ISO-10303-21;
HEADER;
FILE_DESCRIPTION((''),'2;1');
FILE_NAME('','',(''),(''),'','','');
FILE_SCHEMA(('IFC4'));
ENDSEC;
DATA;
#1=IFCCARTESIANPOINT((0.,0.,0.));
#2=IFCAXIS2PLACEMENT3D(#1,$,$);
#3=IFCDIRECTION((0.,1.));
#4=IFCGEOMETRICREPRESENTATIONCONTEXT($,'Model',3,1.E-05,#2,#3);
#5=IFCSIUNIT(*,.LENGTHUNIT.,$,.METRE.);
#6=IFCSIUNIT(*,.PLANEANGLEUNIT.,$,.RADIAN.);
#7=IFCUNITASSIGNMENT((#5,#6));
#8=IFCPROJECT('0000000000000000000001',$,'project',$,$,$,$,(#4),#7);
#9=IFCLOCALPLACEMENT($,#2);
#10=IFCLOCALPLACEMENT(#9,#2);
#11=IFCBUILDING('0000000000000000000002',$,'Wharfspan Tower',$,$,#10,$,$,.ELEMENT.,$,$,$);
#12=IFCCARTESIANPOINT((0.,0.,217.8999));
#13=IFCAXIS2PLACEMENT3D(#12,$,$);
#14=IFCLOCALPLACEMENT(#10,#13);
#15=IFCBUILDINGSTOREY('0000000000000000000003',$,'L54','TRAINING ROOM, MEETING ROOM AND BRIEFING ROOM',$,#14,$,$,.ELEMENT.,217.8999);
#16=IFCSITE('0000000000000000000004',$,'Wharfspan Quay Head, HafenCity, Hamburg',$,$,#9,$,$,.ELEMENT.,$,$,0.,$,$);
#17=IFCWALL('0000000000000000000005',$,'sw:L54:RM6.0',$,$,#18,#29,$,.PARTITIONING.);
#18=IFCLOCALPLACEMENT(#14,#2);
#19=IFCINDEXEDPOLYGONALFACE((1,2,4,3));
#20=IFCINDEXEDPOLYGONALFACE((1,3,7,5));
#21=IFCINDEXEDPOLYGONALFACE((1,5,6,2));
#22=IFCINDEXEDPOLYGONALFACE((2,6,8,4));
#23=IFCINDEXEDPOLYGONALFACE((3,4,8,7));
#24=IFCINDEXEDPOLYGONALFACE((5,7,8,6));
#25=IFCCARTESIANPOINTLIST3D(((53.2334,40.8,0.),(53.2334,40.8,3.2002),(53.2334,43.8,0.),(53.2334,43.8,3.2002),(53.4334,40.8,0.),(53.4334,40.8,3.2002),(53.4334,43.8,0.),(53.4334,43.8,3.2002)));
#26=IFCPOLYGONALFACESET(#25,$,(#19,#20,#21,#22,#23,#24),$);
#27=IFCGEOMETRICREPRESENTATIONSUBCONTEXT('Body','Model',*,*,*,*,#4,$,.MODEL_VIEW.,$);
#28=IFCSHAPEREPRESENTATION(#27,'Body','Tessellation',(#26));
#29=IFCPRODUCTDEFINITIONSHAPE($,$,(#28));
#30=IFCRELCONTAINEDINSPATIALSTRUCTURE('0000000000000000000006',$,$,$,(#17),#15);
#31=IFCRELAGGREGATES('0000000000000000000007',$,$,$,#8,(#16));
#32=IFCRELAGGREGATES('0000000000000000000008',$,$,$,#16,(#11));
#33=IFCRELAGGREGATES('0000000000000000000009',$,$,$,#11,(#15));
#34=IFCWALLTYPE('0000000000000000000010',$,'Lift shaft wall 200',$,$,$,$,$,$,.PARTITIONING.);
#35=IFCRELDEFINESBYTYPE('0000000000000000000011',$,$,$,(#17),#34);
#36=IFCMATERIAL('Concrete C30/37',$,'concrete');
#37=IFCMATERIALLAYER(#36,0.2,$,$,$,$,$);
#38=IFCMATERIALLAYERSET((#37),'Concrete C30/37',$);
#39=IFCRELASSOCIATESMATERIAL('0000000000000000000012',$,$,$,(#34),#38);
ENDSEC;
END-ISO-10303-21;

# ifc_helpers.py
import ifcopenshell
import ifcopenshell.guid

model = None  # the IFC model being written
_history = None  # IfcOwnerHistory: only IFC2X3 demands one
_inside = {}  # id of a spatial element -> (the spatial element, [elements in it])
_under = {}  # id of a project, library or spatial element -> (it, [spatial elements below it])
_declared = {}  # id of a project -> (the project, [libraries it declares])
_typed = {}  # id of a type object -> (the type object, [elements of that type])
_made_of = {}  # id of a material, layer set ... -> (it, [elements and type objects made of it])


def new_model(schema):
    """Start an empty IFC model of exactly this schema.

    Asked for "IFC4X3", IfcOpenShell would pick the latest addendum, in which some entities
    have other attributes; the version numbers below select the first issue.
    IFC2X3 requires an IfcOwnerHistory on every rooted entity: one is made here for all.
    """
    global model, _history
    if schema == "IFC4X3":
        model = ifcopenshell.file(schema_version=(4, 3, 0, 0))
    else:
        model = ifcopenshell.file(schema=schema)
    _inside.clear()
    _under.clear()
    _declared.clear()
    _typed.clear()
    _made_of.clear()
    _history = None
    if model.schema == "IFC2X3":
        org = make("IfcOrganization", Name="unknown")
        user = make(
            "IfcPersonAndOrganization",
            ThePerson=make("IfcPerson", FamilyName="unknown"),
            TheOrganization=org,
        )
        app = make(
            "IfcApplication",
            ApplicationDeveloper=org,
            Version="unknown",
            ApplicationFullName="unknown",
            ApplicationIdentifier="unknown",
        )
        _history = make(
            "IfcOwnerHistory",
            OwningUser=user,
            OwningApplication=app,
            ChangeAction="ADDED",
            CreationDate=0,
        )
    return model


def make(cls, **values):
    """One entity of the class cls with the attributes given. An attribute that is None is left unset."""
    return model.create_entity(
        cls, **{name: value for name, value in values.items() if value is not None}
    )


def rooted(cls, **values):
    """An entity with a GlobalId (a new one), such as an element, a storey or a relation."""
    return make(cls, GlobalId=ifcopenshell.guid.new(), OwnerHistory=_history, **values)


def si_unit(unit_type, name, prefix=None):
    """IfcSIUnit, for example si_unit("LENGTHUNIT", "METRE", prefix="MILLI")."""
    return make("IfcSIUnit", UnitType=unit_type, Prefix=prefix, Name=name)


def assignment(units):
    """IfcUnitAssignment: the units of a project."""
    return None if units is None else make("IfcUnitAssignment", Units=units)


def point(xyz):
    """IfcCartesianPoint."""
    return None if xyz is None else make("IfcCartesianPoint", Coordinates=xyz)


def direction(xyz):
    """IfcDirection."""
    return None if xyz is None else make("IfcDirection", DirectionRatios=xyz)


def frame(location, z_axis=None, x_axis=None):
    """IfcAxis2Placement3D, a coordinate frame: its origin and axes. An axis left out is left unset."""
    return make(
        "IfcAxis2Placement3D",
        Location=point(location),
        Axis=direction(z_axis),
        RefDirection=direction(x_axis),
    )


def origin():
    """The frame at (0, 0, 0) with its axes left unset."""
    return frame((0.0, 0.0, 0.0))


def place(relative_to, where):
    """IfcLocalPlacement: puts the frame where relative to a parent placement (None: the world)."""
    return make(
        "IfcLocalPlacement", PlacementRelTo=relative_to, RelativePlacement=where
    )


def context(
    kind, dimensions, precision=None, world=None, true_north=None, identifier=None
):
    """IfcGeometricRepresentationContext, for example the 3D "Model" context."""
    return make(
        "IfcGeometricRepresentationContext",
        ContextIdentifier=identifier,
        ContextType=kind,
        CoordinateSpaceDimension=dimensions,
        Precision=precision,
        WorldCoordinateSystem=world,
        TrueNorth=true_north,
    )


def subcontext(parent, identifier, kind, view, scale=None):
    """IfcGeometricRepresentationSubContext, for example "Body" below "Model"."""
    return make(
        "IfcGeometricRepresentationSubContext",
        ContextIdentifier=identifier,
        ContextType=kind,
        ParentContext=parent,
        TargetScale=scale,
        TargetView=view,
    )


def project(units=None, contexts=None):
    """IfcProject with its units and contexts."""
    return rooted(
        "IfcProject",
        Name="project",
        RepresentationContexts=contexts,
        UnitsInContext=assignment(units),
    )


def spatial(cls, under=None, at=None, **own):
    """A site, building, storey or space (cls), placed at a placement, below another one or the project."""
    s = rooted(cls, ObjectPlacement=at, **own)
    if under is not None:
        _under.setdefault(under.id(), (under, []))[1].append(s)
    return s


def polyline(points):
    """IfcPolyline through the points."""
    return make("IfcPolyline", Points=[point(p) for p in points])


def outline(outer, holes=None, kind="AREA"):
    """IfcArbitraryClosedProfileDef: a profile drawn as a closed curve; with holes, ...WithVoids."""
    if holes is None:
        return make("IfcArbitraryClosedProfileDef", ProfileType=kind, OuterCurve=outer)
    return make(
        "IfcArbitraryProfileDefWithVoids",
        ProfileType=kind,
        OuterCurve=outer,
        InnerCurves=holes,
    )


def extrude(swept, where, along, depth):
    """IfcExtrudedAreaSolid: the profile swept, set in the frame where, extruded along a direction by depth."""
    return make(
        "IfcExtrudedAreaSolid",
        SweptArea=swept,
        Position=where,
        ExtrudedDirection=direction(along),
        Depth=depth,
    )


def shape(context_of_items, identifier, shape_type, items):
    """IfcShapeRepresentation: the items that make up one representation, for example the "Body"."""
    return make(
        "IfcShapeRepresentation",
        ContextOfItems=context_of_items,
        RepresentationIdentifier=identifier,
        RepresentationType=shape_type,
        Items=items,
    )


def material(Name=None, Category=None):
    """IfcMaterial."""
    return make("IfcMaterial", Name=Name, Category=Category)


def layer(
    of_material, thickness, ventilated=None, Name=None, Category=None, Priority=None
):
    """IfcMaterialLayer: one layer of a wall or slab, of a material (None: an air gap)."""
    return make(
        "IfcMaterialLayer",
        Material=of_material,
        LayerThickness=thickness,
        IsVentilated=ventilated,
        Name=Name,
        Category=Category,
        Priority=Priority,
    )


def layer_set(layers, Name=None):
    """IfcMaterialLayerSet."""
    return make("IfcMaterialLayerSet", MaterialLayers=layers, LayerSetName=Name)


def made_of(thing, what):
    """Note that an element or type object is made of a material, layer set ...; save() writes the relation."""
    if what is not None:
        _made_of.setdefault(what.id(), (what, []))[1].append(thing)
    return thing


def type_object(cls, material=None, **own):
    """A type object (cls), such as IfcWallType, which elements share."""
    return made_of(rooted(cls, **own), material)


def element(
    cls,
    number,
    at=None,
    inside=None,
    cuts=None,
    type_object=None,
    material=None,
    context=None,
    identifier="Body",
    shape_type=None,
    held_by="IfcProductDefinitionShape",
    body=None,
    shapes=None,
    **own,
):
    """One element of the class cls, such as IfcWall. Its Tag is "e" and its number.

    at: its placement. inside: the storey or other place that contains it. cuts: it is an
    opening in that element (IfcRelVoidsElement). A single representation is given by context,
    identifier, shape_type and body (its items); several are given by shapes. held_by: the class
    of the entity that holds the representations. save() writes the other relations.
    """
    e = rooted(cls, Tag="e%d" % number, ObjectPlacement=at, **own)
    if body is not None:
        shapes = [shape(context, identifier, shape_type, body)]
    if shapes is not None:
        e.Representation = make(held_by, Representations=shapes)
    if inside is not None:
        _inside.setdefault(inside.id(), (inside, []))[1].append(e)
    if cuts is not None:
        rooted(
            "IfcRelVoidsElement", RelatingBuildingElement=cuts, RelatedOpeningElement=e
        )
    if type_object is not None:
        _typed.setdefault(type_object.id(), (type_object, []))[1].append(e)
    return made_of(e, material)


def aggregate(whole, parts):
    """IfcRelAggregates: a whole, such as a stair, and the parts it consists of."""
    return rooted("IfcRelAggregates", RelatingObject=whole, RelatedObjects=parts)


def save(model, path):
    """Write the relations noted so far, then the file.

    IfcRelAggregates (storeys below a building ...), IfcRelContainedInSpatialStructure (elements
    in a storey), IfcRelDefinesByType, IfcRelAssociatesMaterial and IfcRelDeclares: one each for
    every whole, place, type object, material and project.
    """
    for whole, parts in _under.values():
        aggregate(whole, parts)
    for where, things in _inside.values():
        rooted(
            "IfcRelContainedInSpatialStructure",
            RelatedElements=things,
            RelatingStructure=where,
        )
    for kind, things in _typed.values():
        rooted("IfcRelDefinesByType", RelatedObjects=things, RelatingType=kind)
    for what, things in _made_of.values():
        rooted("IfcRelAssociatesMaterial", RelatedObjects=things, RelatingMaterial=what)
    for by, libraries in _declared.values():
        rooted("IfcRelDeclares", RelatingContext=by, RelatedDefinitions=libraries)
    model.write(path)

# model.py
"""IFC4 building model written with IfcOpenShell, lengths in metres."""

from ifc_helpers import new_model, si_unit, direction, frame, origin, place, context, subcontext, project, spatial, polyline, outline, extrude, material, layer, layer_set, type_object, element, save


model = new_model("IFC4")

# Units and contexts
model_context = context("Model", 3, precision=1e-05, world=origin(), true_north=direction((0.0, 1.0)))
body_context = subcontext(model_context, "Body", "Model", "MODEL_VIEW")
ifc_project = project(units=[si_unit("LENGTHUNIT", "METRE"), si_unit("PLANEANGLEUNIT", "RADIAN")], contexts=[model_context])

# Site, building, storey
site_placement = place(None, origin())
site = spatial("IfcSite", under=ifc_project, at=site_placement, Name="Wharfspan Quay Head, HafenCity, Hamburg", CompositionType="ELEMENT", RefElevation=0.0)
building_placement = place(site_placement, origin())
building = spatial("IfcBuilding", under=site, at=building_placement, Name="Wharfspan Tower", CompositionType="ELEMENT")
storey_placement = place(building_placement, frame((0.0, 0.0, 217.8999)))
storey = spatial("IfcBuildingStorey", under=building, at=storey_placement, Name="L54", Description="TRAINING ROOM, MEETING ROOM AND BRIEFING ROOM", CompositionType="ELEMENT", Elevation=217.8999)

# Wall
ifc_material_1 = material(Name="Concrete C30/37", Category="concrete")
ifc_layer_1 = layer(ifc_material_1, 0.2)
ifc_layer_set_1 = layer_set([ifc_layer_1], Name="Concrete C30/37")
wall_type_1 = type_object("IfcWallType", Name="Lift shaft wall 200", PredefinedType="PARTITIONING", material=ifc_layer_set_1)
wall_1_placement = place(storey_placement, origin())
element("IfcWall", 1, at=wall_1_placement, inside=storey, type_object=wall_type_1, Name="sw:L54:RM6.0", PredefinedType="PARTITIONING", context=body_context, shape_type="SweptSolid", body=[
    extrude(outline(polyline([(53.4333, 40.8), (53.4333, 43.8), (53.2334, 43.8), (53.2334, 40.8), (53.4333, 40.8)])), origin(), (0.0, 0.0, 1.0), 3.2002),
])

save(model, "model.ifc")
